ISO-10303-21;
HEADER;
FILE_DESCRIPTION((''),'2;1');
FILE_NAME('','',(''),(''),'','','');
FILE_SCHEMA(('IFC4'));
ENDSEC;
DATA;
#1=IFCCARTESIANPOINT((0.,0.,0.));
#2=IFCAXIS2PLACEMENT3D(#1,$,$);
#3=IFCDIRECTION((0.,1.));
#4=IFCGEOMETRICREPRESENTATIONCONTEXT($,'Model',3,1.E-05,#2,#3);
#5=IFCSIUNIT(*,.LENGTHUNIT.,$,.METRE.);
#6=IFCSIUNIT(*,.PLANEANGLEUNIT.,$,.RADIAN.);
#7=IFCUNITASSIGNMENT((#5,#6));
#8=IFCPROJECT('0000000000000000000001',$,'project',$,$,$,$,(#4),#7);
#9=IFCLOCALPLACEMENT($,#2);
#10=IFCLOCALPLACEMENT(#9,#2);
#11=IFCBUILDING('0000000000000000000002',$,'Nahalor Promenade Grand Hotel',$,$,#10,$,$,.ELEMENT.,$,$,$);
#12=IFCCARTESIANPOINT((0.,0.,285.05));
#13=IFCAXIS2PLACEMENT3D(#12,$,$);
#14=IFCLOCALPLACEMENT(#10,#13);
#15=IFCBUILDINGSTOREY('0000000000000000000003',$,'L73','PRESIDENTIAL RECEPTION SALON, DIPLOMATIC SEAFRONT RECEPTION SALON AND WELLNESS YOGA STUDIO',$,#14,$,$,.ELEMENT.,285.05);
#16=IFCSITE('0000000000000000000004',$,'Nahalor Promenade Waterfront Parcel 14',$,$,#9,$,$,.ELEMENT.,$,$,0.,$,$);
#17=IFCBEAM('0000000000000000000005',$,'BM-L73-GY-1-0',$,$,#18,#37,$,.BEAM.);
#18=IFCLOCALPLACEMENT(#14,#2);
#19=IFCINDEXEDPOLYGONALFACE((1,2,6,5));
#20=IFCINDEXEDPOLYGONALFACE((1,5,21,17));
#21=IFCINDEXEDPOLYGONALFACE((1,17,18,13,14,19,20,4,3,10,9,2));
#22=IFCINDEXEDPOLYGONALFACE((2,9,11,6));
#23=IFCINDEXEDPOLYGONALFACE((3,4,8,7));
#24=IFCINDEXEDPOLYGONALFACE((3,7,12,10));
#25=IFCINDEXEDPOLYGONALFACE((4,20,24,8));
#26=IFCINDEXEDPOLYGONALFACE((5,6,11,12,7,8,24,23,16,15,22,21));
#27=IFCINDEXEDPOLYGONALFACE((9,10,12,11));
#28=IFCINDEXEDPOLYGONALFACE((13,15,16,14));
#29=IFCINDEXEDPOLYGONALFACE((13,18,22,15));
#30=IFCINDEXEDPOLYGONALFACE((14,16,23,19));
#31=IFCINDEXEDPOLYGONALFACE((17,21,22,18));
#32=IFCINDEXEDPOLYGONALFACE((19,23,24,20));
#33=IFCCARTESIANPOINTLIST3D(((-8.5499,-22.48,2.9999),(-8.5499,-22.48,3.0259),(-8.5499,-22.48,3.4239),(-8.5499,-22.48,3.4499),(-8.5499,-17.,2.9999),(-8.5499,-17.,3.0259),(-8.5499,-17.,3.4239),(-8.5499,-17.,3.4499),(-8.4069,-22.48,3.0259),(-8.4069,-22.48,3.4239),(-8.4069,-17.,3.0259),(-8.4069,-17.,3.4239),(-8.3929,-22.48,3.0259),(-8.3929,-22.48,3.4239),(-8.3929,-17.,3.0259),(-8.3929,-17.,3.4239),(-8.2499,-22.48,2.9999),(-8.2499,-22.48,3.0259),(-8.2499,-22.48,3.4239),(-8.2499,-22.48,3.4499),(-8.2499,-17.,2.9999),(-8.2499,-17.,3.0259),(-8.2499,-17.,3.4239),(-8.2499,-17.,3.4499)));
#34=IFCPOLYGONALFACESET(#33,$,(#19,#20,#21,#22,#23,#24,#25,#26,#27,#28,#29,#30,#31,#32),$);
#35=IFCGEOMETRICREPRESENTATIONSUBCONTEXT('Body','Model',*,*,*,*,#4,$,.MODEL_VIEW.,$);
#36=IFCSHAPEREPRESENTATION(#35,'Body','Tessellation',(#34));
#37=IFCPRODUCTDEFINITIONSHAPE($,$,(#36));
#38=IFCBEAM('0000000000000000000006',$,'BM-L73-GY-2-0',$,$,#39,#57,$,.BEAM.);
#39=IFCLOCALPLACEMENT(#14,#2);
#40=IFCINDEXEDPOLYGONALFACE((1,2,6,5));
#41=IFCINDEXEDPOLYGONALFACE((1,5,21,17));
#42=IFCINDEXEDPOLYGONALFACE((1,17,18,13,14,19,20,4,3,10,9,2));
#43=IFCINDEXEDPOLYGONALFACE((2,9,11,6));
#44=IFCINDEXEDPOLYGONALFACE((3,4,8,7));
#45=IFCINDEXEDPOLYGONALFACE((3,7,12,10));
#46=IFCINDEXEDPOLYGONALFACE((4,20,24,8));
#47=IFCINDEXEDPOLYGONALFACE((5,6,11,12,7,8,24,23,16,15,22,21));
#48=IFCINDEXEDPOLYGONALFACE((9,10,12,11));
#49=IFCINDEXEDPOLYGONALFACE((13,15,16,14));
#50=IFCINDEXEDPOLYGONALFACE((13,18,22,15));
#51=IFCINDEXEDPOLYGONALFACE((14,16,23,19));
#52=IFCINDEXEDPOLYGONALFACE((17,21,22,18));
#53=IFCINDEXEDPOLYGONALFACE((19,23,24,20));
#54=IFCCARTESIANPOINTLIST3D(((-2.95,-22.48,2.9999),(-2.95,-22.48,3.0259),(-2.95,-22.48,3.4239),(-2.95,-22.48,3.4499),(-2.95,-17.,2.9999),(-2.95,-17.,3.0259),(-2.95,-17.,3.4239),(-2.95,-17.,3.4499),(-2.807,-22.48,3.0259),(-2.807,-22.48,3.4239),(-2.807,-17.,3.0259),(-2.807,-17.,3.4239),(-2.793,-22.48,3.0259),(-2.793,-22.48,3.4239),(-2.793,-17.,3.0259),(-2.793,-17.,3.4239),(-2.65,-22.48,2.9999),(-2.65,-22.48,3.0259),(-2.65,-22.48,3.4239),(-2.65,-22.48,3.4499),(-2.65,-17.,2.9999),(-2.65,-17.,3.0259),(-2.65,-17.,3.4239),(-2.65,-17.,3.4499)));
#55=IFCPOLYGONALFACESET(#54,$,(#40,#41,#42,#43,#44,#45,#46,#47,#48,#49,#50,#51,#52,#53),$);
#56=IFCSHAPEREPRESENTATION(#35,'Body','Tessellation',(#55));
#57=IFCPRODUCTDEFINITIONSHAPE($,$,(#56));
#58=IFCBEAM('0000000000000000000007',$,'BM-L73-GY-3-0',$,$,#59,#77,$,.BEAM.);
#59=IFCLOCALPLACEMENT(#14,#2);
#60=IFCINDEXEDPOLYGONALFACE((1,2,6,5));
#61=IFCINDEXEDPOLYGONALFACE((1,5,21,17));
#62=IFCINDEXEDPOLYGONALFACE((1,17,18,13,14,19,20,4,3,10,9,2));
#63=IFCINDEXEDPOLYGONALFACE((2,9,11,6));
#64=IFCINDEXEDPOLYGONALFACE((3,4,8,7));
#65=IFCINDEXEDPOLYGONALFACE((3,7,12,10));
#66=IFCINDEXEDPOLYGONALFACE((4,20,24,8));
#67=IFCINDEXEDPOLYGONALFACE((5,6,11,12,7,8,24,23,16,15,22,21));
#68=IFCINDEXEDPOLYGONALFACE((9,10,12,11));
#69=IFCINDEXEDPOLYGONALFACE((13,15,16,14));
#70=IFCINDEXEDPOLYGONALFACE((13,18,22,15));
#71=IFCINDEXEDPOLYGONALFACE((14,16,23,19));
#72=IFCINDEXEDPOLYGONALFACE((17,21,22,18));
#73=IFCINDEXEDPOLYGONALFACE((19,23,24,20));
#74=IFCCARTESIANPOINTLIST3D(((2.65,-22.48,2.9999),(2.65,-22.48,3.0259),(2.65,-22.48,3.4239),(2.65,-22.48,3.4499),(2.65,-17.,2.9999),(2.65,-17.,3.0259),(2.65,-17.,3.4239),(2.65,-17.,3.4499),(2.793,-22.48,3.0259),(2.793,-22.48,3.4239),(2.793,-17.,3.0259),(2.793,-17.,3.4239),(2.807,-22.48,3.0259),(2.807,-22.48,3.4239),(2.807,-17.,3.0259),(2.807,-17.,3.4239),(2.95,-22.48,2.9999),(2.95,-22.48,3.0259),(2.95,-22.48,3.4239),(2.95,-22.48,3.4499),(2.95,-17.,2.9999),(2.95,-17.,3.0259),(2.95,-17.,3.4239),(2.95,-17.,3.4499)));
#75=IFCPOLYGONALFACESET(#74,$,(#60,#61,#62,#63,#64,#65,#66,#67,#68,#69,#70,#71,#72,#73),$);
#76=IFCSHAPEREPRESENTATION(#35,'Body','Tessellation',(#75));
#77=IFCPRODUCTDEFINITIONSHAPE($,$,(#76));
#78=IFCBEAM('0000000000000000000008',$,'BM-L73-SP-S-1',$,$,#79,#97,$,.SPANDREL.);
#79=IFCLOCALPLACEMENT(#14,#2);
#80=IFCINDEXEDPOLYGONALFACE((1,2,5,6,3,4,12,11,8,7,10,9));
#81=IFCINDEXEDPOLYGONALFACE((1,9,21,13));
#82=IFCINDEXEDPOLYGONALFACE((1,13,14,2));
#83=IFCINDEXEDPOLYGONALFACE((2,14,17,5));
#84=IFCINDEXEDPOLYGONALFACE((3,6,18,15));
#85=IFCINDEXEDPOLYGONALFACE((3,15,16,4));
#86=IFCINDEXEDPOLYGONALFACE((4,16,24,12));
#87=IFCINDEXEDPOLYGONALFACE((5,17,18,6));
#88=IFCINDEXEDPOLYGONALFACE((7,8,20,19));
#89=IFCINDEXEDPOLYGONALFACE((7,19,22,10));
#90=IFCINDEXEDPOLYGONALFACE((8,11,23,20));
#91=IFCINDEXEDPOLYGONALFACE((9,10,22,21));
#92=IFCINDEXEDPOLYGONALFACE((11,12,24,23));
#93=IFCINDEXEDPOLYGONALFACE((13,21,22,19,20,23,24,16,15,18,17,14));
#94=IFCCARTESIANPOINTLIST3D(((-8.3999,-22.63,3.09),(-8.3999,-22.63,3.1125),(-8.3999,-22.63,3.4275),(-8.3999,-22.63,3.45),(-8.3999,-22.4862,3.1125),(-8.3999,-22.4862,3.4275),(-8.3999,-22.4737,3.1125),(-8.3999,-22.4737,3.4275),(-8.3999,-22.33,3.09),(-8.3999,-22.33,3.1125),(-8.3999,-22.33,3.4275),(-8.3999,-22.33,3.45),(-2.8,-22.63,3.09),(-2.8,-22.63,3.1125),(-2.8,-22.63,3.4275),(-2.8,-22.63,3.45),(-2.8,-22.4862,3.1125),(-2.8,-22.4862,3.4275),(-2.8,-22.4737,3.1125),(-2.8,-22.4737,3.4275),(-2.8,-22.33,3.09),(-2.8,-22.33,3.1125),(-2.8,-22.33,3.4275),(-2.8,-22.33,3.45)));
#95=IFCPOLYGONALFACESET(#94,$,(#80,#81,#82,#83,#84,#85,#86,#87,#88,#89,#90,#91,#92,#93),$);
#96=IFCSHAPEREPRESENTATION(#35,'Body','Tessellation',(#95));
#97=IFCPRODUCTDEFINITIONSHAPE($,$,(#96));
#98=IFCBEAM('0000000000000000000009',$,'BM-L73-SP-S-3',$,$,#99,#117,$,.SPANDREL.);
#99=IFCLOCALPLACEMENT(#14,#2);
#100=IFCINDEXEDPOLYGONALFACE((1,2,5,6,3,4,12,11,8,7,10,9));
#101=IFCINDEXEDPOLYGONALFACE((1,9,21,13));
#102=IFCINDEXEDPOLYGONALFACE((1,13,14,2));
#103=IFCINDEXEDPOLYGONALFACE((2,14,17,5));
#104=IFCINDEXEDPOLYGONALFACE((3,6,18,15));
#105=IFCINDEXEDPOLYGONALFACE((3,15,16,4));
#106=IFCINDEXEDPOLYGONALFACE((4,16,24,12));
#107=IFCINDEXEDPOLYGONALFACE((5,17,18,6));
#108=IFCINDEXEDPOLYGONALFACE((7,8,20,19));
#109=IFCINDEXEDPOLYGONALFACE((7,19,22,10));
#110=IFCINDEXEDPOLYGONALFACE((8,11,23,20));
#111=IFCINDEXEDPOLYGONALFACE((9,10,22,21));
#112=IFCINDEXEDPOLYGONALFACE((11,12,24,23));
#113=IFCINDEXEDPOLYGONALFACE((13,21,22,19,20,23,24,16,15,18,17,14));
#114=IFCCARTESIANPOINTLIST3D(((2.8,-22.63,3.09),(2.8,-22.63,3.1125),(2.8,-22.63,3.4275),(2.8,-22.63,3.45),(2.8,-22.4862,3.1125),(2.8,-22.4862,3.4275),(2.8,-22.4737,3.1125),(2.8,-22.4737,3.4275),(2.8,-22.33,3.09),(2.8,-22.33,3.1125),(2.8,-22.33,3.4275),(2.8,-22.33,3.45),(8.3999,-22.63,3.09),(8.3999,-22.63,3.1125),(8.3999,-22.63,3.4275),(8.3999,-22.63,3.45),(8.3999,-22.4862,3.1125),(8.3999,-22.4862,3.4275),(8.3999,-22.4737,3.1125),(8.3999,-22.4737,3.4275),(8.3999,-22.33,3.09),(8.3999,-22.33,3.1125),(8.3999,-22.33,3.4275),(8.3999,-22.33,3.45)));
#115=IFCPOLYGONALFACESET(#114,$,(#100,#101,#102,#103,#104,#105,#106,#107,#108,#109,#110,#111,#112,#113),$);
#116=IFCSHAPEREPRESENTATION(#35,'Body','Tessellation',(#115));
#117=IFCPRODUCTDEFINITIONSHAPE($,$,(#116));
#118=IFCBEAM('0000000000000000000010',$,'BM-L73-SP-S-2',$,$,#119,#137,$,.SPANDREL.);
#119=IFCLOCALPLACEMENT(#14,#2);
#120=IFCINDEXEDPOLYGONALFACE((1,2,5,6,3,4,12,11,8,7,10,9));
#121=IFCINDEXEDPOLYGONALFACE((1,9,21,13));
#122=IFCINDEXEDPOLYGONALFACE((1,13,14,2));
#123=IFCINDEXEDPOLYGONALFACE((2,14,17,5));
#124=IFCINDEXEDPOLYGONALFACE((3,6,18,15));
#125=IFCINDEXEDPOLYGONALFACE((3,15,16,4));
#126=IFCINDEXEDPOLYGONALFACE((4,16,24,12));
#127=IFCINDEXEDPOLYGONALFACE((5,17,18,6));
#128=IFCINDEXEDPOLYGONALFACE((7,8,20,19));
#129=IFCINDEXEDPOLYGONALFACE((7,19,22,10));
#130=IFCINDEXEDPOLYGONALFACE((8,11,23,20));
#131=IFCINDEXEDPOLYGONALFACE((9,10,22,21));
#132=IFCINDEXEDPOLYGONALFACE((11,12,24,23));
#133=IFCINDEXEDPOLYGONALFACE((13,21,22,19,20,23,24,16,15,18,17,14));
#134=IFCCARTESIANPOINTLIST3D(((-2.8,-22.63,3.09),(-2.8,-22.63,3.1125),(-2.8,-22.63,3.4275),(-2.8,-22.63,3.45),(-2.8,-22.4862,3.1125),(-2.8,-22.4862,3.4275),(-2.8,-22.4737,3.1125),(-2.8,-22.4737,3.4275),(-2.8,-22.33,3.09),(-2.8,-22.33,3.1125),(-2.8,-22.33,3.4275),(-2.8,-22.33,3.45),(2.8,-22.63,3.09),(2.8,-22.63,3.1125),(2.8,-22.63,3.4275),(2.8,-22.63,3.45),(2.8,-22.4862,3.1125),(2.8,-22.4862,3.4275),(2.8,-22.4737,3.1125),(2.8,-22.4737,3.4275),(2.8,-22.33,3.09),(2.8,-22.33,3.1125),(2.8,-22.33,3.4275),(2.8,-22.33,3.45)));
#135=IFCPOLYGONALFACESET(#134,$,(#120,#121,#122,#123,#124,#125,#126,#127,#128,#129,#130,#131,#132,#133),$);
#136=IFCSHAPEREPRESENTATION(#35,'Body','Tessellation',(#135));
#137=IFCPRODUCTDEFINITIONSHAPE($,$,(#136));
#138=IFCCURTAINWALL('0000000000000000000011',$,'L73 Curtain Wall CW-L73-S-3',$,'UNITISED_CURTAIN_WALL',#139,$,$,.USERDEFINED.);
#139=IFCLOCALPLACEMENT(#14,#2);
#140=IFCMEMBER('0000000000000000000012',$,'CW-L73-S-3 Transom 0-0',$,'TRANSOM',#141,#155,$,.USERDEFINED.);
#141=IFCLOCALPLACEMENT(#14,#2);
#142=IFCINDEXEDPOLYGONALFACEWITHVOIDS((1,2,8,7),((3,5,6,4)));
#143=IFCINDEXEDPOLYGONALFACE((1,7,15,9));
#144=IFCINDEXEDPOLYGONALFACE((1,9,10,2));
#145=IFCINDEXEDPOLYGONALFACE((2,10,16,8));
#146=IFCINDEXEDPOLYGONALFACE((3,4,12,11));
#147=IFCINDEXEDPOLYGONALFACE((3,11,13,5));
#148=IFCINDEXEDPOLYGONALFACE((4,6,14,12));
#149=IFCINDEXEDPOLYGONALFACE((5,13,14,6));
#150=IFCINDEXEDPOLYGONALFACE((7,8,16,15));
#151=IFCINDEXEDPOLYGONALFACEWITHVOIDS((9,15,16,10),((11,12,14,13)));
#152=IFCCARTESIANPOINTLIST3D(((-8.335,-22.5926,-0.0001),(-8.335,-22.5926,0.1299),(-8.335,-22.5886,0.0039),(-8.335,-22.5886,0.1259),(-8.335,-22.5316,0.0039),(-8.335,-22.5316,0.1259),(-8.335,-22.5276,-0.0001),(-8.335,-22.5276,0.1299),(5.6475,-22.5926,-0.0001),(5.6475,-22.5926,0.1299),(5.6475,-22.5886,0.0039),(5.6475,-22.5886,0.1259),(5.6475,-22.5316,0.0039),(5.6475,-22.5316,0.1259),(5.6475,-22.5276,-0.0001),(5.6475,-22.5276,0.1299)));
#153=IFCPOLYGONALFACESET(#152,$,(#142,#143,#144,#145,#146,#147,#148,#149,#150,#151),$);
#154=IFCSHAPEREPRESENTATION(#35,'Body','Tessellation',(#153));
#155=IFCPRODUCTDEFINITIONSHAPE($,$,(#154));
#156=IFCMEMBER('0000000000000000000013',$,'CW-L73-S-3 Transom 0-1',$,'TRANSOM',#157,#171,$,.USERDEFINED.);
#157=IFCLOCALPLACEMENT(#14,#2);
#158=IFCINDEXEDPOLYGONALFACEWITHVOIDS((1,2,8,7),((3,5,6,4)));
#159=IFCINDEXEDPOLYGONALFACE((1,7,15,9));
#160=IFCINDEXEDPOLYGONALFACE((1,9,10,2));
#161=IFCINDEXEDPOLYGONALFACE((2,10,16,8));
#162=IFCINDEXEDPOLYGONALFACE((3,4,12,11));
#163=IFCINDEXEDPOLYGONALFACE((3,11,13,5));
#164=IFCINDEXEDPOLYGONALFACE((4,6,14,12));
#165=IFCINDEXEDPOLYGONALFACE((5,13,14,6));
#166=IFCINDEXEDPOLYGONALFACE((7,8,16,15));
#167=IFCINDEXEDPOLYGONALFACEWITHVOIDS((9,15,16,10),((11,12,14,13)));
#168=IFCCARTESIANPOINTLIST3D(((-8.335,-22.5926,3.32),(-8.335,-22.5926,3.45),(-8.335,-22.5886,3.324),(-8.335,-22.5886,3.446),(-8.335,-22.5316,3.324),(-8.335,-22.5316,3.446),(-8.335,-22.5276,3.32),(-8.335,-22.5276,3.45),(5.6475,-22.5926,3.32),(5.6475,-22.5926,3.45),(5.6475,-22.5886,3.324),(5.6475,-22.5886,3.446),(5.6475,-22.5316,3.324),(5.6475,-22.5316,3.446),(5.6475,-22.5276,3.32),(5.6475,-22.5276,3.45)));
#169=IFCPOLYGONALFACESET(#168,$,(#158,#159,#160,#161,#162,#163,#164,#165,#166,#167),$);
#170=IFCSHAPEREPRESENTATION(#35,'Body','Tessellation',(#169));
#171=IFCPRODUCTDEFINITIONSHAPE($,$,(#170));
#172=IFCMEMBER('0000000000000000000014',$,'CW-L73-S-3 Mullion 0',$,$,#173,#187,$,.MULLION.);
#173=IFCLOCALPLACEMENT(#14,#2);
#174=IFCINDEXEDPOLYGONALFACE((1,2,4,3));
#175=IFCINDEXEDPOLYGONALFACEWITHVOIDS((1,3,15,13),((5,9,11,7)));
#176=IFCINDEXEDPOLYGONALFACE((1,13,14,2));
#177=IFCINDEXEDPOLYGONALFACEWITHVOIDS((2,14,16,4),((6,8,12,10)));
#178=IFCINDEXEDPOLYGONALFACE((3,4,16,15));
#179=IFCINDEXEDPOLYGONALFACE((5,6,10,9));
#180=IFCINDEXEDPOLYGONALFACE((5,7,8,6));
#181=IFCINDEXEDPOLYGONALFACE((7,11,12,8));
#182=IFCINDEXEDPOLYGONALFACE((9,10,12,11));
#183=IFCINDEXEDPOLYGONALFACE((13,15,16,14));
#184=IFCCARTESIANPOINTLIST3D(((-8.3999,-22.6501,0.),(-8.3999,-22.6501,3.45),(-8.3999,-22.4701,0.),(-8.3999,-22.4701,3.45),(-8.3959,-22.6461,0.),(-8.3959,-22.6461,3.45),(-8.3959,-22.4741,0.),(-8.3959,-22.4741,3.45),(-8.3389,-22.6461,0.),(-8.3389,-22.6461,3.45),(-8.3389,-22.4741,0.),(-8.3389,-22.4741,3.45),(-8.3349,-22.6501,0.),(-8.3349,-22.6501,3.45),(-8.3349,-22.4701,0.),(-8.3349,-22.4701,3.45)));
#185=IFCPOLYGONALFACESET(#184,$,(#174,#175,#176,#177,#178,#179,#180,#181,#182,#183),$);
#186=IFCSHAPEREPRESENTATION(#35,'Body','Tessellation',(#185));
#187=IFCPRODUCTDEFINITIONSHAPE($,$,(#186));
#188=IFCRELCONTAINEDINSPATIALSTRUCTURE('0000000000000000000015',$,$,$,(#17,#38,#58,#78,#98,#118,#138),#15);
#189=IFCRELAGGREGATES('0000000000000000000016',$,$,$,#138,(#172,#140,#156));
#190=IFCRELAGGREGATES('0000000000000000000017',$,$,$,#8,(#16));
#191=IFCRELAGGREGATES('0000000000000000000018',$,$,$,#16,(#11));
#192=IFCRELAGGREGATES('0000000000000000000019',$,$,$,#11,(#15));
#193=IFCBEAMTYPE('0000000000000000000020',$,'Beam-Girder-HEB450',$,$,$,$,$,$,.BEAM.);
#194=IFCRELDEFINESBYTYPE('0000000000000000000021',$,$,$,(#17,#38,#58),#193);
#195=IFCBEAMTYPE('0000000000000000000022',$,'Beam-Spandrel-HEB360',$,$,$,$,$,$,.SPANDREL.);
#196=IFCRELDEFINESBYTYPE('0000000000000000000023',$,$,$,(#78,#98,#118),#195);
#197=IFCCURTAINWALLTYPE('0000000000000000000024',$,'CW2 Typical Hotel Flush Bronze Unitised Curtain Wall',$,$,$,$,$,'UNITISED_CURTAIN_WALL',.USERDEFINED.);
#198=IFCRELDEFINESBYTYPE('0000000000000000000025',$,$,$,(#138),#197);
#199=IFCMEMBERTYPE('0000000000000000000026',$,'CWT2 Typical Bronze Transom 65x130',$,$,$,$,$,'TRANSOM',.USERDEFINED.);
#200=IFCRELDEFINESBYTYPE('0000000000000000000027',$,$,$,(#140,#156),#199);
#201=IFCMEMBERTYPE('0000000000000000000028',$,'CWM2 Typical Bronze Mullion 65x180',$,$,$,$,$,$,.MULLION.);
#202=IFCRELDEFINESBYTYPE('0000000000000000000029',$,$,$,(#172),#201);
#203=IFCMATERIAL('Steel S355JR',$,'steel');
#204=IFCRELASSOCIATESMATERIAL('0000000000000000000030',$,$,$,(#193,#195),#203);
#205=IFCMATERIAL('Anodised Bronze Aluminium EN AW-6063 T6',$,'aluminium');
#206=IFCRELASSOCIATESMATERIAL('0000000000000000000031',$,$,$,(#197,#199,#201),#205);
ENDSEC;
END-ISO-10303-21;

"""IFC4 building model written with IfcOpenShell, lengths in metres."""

from ifc_helpers import new_model, si_unit, direction, frame, origin, origin_2d, place, context, subcontext, project, spatial, hollow_rectangle, i_section, extrude, source, transform, mapped, material, material_profile, profile_set, type_object, element, aggregate, save


model = new_model("IFC4")

# Units and contexts
model_context = context("Model", 3, precision=1e-05, world=origin(), true_north=direction((0.0, 1.0)))
body_context = subcontext(model_context, "Body", "Model", "MODEL_VIEW")
ifc_project = project(units=[si_unit("LENGTHUNIT", "METRE"), si_unit("PLANEANGLEUNIT", "RADIAN")], contexts=[model_context])

# Site, building, storey
site_placement = place(None, origin())
site = spatial("IfcSite", under=ifc_project, at=site_placement, Name="Nahalor Promenade Waterfront Parcel 14", CompositionType="ELEMENT", RefElevation=0.0)
building_placement = place(site_placement, origin())
building = spatial("IfcBuilding", under=site, at=building_placement, Name="Nahalor Promenade Grand Hotel", CompositionType="ELEMENT")
storey_placement = place(building_placement, frame((0.0, 0.0, 285.05)))
storey = spatial("IfcBuildingStorey", under=building, at=storey_placement, Name="L73", Description="PRESIDENTIAL RECEPTION SALON, DIPLOMATIC SEAFRONT RECEPTION SALON AND WELLNESS YOGA STUDIO", CompositionType="ELEMENT", Elevation=285.05)

# Shared definitions
ifc_material_1 = material(Name="Steel S355JR", Category="steel")

# Beams
ifc_material_profile_1 = material_profile(ifc_material_1, i_section(OverallWidth=0.3, OverallDepth=0.45, WebThickness=0.014, FlangeThickness=0.026, at=origin_2d()), Name="HEB 450")
ifc_profile_set_1 = profile_set([ifc_material_profile_1], Name="Steel S355JR")
beam_type_1 = type_object("IfcBeamType", Name="Beam-Girder-HEB450", PredefinedType="BEAM", material=ifc_profile_set_1)
shared_shape_1 = source(origin(), body_context, "Body", "SweptSolid", [
    extrude(i_section(OverallWidth=0.3, OverallDepth=0.45, WebThickness=0.014, FlangeThickness=0.026, at=origin_2d()), origin(), (0.0, 0.0, 1.0), 5.48),
])
for number, where, z_axis, x_axis, name in (
    (1, (-8.3999, -22.48, 3.2249), (0.0, 1.0, 0.0), (-1.0, 0.0, 0.0), "BM-L73-GY-1-0"),
    (2, (-2.8, -22.48, 3.2249), (0.0, 1.0, 0.0), (-1.0, 0.0, 0.0), "BM-L73-GY-2-0"),
    (3, (2.8, -22.48, 3.2249), (0.0, 1.0, 0.0), (-1.0, 0.0, 0.0), "BM-L73-GY-3-0"),
):
    element("IfcBeam", number, at=place(storey_placement, frame(where, z_axis=z_axis, x_axis=x_axis)), inside=storey, type_object=beam_type_1, Name=name, PredefinedType="BEAM", context=body_context, shape_type="MappedRepresentation", body=[
        mapped(shared_shape_1, transform((0.0, 0.0, 0.0), scale=1.0)),
    ])
ifc_material_profile_2 = material_profile(ifc_material_1, i_section(OverallWidth=0.3, OverallDepth=0.36, WebThickness=0.0125, FlangeThickness=0.0225, at=origin_2d()), Name="HEB 360")
ifc_profile_set_2 = profile_set([ifc_material_profile_2], Name="Steel S355JR")
beam_type_2 = type_object("IfcBeamType", Name="Beam-Spandrel-HEB360", PredefinedType="SPANDREL", material=ifc_profile_set_2)
shared_shape_2 = source(origin(), body_context, "Body", "SweptSolid", [
    extrude(i_section(OverallWidth=0.3, OverallDepth=0.36, WebThickness=0.0125, FlangeThickness=0.0225, at=origin_2d()), origin(), (0.0, 0.0, 1.0), 5.5999),
])
for number, where, z_axis, x_axis, name in (
    (4, (-8.3999, -22.48, 3.27), (1.0, 0.0, 0.0), (0.0, 1.0, 0.0), "BM-L73-SP-S-1"),
    (5, (2.8, -22.48, 3.27), (1.0, 0.0, 0.0), (0.0, 1.0, 0.0), "BM-L73-SP-S-3"),
):
    element("IfcBeam", number, at=place(storey_placement, frame(where, z_axis=z_axis, x_axis=x_axis)), inside=storey, type_object=beam_type_2, Name=name, PredefinedType="SPANDREL", context=body_context, shape_type="MappedRepresentation", body=[
        mapped(shared_shape_2, transform((0.0, 0.0, 0.0), scale=1.0)),
    ])
shared_shape_3 = source(origin(), body_context, "Body", "SweptSolid", [
    extrude(i_section(OverallWidth=0.3, OverallDepth=0.36, WebThickness=0.0125, FlangeThickness=0.0225, at=origin_2d()), origin(), (0.0, 0.0, 1.0), 5.6001),
])
beam_1_placement = place(storey_placement, frame((-2.8, -22.48, 3.27), z_axis=(1.0, 0.0, 0.0), x_axis=(0.0, 1.0, 0.0)))
element("IfcBeam", 6, at=beam_1_placement, inside=storey, type_object=beam_type_2, Name="BM-L73-SP-S-2", PredefinedType="SPANDREL", context=body_context, shape_type="MappedRepresentation", body=[
    mapped(shared_shape_3, transform((0.0, 0.0, 0.0), scale=1.0)),
])

# Curtain wall, members
ifc_material_2 = material(Name="Anodised Bronze Aluminium EN AW-6063 T6", Category="aluminium")
curtain_wall_type = type_object("IfcCurtainWallType", Name="CW2 Typical Hotel Flush Bronze Unitised Curtain Wall", ElementType="UNITISED_CURTAIN_WALL", PredefinedType="USERDEFINED", material=ifc_material_2)
curtain_wall_placement = place(storey_placement, origin())
curtain_wall = element("IfcCurtainWall", 7, at=curtain_wall_placement, inside=storey, type_object=curtain_wall_type, Name="L73 Curtain Wall CW-L73-S-3", ObjectType="UNITISED_CURTAIN_WALL", PredefinedType="USERDEFINED")
ifc_material_profile_3 = material_profile(ifc_material_2, hollow_rectangle(XDim=0.065, YDim=0.13, WallThickness=0.004, at=origin_2d()), Name="CWT 65x130x4")
ifc_profile_set_3 = profile_set([ifc_material_profile_3], Name="Anodised Bronze Aluminium EN AW-6063 T6")
member_type_1 = type_object("IfcMemberType", Name="CWT2 Typical Bronze Transom 65x130", ElementType="TRANSOM", PredefinedType="USERDEFINED", material=ifc_profile_set_3)
shared_shape_4 = source(origin(), body_context, "Body", "SweptSolid", [
    extrude(hollow_rectangle(XDim=0.065, YDim=0.13, WallThickness=0.004, at=origin_2d()), origin(), (0.0, 0.0, 1.0), 13.9824),
])
member_1_placement = place(storey_placement, frame((-8.335, -22.5601, 0.0649), z_axis=(1.0, 0.0, 0.0), x_axis=(0.0, 1.0, 0.0)))
member_1 = element("IfcMember", 8, at=member_1_placement, type_object=member_type_1, Name="CW-L73-S-3 Transom 0-0", ObjectType="TRANSOM", PredefinedType="USERDEFINED", context=body_context, shape_type="MappedRepresentation", body=[
    mapped(shared_shape_4, transform((0.0, 0.0, 0.0), scale=1.0)),
])
member_2_placement = place(storey_placement, frame((-8.335, -22.5601, 3.385), z_axis=(1.0, 0.0, 0.0), x_axis=(0.0, 1.0, 0.0)))
member_2 = element("IfcMember", 9, at=member_2_placement, type_object=member_type_1, Name="CW-L73-S-3 Transom 0-1", ObjectType="TRANSOM", PredefinedType="USERDEFINED", context=body_context, shape_type="MappedRepresentation", body=[
    mapped(shared_shape_4, transform((0.0, 0.0, 0.0), scale=1.0)),
])
ifc_material_profile_4 = material_profile(ifc_material_2, hollow_rectangle(XDim=0.065, YDim=0.18, WallThickness=0.004, at=origin_2d()), Name="CWM 65x180x4")
ifc_profile_set_4 = profile_set([ifc_material_profile_4], Name="Anodised Bronze Aluminium EN AW-6063 T6")
member_type_2 = type_object("IfcMemberType", Name="CWM2 Typical Bronze Mullion 65x180", PredefinedType="MULLION", material=ifc_profile_set_4)
shared_shape_5 = source(origin(), body_context, "Body", "SweptSolid", [
    extrude(hollow_rectangle(XDim=0.065, YDim=0.18, WallThickness=0.004, at=origin_2d()), origin(), (0.0, 0.0, 1.0), 3.45),
])
member_3_placement = place(storey_placement, frame((-8.3674, -22.5601, 0.0), z_axis=(0.0, 0.0, 1.0), x_axis=(1.0, 0.0, 0.0)))
member_3 = element("IfcMember", 10, at=member_3_placement, type_object=member_type_2, Name="CW-L73-S-3 Mullion 0", PredefinedType="MULLION", context=body_context, shape_type="MappedRepresentation", body=[
    mapped(shared_shape_5, transform((0.0, 0.0, 0.0), scale=1.0)),
])
aggregate(curtain_wall, [member_3, member_1, member_2])

save(model, "model.ifc")
